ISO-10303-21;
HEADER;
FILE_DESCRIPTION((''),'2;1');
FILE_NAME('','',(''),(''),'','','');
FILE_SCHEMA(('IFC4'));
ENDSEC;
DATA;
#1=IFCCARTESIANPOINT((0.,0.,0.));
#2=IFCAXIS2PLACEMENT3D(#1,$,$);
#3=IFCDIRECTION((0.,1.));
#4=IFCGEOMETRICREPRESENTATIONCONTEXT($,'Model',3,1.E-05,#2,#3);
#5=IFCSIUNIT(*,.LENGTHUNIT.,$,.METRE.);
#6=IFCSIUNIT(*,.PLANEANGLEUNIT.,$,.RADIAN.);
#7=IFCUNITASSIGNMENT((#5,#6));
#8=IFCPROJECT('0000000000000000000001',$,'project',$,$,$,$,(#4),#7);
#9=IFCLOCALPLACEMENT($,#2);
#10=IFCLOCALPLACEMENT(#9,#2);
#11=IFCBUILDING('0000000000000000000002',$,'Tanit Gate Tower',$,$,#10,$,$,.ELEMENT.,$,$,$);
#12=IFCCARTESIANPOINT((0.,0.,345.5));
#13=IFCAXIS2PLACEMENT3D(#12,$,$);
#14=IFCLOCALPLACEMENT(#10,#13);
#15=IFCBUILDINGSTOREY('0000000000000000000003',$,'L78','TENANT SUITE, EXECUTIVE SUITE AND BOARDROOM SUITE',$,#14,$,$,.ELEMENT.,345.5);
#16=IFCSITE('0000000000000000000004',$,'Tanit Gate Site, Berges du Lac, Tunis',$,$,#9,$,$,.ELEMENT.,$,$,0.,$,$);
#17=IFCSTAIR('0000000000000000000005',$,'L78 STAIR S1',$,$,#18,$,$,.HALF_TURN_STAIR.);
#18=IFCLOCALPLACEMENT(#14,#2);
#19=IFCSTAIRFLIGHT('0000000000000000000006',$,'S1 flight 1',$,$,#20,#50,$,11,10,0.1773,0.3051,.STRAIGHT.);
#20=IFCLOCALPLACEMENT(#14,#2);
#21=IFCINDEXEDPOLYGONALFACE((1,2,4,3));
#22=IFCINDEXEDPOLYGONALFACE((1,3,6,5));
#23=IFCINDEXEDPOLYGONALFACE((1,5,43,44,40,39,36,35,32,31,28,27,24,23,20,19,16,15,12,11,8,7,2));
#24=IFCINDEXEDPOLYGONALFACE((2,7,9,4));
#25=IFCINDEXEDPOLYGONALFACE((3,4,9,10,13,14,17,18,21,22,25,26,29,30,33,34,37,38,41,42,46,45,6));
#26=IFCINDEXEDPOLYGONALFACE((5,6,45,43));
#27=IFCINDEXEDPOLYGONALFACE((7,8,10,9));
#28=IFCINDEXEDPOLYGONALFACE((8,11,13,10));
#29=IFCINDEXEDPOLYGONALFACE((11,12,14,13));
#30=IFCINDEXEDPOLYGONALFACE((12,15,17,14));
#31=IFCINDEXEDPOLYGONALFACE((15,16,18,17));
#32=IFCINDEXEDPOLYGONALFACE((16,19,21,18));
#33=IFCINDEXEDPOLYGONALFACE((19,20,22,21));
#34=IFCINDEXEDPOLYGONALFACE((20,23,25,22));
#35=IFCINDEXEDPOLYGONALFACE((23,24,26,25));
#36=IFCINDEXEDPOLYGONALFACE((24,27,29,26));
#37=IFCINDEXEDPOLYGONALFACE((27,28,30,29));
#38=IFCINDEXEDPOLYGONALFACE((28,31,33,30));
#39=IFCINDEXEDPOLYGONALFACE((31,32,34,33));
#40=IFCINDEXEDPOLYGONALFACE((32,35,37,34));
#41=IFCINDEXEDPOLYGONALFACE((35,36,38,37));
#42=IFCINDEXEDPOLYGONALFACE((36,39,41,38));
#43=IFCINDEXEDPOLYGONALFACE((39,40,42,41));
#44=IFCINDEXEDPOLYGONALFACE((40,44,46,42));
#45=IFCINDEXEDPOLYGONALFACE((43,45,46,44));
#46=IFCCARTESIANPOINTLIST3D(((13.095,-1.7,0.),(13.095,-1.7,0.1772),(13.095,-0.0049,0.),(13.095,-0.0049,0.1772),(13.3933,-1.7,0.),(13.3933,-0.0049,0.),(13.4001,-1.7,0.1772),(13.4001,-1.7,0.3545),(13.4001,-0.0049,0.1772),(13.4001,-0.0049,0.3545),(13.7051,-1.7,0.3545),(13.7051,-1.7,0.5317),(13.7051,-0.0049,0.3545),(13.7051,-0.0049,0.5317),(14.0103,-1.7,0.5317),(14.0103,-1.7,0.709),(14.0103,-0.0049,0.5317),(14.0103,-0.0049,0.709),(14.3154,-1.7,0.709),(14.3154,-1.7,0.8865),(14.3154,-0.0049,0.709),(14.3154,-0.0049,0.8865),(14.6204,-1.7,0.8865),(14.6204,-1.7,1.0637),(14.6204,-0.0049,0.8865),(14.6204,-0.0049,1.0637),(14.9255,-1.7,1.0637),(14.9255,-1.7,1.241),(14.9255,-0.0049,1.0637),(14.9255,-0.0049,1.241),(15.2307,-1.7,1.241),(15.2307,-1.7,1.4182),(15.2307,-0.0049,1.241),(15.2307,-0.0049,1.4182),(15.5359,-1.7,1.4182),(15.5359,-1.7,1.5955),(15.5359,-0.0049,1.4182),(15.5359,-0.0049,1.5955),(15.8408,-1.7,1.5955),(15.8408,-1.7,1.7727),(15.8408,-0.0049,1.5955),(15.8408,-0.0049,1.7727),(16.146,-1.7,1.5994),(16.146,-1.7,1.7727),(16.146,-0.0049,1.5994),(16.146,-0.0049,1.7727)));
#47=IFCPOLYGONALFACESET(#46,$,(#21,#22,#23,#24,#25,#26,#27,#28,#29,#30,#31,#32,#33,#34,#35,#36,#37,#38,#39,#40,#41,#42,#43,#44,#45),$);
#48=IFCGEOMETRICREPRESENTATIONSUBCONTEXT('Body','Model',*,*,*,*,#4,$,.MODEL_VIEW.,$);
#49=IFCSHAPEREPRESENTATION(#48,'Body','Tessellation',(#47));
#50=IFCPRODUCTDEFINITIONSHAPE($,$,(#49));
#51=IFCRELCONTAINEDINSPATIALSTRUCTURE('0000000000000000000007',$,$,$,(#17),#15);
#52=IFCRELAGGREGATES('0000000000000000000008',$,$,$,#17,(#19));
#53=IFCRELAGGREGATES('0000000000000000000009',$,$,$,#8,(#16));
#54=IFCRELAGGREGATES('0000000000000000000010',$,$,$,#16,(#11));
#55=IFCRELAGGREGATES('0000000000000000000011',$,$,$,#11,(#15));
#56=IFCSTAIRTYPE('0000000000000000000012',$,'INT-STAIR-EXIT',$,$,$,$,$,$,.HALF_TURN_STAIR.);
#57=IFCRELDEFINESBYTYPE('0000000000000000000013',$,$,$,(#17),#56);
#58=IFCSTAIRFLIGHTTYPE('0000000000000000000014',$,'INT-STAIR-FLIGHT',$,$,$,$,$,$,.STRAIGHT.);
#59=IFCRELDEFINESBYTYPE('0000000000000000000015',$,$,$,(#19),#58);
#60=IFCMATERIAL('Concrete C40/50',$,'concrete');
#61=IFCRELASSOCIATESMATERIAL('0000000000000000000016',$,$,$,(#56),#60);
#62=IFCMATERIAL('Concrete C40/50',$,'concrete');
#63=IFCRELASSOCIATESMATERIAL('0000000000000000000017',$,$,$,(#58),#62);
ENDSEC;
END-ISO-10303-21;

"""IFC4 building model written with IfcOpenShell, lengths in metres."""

from ifc_helpers import new_model, si_unit, direction, frame, origin, place, context, subcontext, project, spatial, polyline, outline, extrude, material, type_object, element, aggregate, save


model = new_model("IFC4")

# Units and contexts
model_context = context("Model", 3, precision=1e-05, world=origin(), true_north=direction((0.0, 1.0)))
body_context = subcontext(model_context, "Body", "Model", "MODEL_VIEW")
ifc_project = project(units=[si_unit("LENGTHUNIT", "METRE"), si_unit("PLANEANGLEUNIT", "RADIAN")], contexts=[model_context])

# Site, building, storey
site_placement = place(None, origin())
site = spatial("IfcSite", under=ifc_project, at=site_placement, Name="Tanit Gate Site, Berges du Lac, Tunis", CompositionType="ELEMENT", RefElevation=0.0)
building_placement = place(site_placement, origin())
building = spatial("IfcBuilding", under=site, at=building_placement, Name="Tanit Gate Tower", CompositionType="ELEMENT")
storey_placement = place(building_placement, frame((0.0, 0.0, 345.5)))
storey = spatial("IfcBuildingStorey", under=building, at=storey_placement, Name="L78", Description="TENANT SUITE, EXECUTIVE SUITE AND BOARDROOM SUITE", CompositionType="ELEMENT", Elevation=345.5)

# Stair, stair flight
ifc_material_1 = material(Name="Concrete C40/50", Category="concrete")
stair_type = type_object("IfcStairType", Name="INT-STAIR-EXIT", PredefinedType="HALF_TURN_STAIR", material=ifc_material_1)
stair_placement = place(storey_placement, origin())
stair = element("IfcStair", 1, at=stair_placement, inside=storey, type_object=stair_type, Name="L78 STAIR S1", PredefinedType="HALF_TURN_STAIR")
ifc_material_2 = material(Name="Concrete C40/50", Category="concrete")
stair_flight_type = type_object("IfcStairFlightType", Name="INT-STAIR-FLIGHT", PredefinedType="STRAIGHT", material=ifc_material_2)
stair_flight_placement = place(storey_placement, frame((13.095, -0.8525, 0.0), z_axis=(0.0, 0.0, 1.0), x_axis=(1.0, 0.0, 0.0)))
stair_flight = element("IfcStairFlight", 2, at=stair_flight_placement, type_object=stair_flight_type, Name="S1 flight 1", NumberOfRisers=11, NumberOfTreads=10, PredefinedType="STRAIGHT", RiserHeight=0.1773, TreadLength=0.3051, context=body_context, shape_type="SweptSolid", body=[
    extrude(outline(polyline([(0.0, 0.0), (0.0, 0.1772), (0.3052, 0.1772), (0.3052, 0.3545), (0.6101, 0.3545), (0.6101, 0.5317), (0.9153, 0.5317), (0.9153, 0.709), (1.2205, 0.709), (1.2205, 0.8865), (1.5254, 0.8865), (1.5254, 1.0637), (1.8306, 1.0637), (1.8306, 1.241), (2.1357, 1.241), (2.1357, 1.4182), (2.4409, 1.4182), (2.4409, 1.5955), (2.7458, 1.5955), (2.7458, 1.7727), (3.051, 1.7727), (3.051, 1.95), (3.051, 1.5994), (0.2983, 0.0), (0.0, 0.0)])), frame((0.0, 0.8477, 0.0), z_axis=(0.0, -1.0, 0.0), x_axis=(1.0, 0.0, 0.0)), (0.0, 0.0, 1.0), 1.6951),
])
aggregate(stair, [stair_flight])

save(model, "model.ifc")
